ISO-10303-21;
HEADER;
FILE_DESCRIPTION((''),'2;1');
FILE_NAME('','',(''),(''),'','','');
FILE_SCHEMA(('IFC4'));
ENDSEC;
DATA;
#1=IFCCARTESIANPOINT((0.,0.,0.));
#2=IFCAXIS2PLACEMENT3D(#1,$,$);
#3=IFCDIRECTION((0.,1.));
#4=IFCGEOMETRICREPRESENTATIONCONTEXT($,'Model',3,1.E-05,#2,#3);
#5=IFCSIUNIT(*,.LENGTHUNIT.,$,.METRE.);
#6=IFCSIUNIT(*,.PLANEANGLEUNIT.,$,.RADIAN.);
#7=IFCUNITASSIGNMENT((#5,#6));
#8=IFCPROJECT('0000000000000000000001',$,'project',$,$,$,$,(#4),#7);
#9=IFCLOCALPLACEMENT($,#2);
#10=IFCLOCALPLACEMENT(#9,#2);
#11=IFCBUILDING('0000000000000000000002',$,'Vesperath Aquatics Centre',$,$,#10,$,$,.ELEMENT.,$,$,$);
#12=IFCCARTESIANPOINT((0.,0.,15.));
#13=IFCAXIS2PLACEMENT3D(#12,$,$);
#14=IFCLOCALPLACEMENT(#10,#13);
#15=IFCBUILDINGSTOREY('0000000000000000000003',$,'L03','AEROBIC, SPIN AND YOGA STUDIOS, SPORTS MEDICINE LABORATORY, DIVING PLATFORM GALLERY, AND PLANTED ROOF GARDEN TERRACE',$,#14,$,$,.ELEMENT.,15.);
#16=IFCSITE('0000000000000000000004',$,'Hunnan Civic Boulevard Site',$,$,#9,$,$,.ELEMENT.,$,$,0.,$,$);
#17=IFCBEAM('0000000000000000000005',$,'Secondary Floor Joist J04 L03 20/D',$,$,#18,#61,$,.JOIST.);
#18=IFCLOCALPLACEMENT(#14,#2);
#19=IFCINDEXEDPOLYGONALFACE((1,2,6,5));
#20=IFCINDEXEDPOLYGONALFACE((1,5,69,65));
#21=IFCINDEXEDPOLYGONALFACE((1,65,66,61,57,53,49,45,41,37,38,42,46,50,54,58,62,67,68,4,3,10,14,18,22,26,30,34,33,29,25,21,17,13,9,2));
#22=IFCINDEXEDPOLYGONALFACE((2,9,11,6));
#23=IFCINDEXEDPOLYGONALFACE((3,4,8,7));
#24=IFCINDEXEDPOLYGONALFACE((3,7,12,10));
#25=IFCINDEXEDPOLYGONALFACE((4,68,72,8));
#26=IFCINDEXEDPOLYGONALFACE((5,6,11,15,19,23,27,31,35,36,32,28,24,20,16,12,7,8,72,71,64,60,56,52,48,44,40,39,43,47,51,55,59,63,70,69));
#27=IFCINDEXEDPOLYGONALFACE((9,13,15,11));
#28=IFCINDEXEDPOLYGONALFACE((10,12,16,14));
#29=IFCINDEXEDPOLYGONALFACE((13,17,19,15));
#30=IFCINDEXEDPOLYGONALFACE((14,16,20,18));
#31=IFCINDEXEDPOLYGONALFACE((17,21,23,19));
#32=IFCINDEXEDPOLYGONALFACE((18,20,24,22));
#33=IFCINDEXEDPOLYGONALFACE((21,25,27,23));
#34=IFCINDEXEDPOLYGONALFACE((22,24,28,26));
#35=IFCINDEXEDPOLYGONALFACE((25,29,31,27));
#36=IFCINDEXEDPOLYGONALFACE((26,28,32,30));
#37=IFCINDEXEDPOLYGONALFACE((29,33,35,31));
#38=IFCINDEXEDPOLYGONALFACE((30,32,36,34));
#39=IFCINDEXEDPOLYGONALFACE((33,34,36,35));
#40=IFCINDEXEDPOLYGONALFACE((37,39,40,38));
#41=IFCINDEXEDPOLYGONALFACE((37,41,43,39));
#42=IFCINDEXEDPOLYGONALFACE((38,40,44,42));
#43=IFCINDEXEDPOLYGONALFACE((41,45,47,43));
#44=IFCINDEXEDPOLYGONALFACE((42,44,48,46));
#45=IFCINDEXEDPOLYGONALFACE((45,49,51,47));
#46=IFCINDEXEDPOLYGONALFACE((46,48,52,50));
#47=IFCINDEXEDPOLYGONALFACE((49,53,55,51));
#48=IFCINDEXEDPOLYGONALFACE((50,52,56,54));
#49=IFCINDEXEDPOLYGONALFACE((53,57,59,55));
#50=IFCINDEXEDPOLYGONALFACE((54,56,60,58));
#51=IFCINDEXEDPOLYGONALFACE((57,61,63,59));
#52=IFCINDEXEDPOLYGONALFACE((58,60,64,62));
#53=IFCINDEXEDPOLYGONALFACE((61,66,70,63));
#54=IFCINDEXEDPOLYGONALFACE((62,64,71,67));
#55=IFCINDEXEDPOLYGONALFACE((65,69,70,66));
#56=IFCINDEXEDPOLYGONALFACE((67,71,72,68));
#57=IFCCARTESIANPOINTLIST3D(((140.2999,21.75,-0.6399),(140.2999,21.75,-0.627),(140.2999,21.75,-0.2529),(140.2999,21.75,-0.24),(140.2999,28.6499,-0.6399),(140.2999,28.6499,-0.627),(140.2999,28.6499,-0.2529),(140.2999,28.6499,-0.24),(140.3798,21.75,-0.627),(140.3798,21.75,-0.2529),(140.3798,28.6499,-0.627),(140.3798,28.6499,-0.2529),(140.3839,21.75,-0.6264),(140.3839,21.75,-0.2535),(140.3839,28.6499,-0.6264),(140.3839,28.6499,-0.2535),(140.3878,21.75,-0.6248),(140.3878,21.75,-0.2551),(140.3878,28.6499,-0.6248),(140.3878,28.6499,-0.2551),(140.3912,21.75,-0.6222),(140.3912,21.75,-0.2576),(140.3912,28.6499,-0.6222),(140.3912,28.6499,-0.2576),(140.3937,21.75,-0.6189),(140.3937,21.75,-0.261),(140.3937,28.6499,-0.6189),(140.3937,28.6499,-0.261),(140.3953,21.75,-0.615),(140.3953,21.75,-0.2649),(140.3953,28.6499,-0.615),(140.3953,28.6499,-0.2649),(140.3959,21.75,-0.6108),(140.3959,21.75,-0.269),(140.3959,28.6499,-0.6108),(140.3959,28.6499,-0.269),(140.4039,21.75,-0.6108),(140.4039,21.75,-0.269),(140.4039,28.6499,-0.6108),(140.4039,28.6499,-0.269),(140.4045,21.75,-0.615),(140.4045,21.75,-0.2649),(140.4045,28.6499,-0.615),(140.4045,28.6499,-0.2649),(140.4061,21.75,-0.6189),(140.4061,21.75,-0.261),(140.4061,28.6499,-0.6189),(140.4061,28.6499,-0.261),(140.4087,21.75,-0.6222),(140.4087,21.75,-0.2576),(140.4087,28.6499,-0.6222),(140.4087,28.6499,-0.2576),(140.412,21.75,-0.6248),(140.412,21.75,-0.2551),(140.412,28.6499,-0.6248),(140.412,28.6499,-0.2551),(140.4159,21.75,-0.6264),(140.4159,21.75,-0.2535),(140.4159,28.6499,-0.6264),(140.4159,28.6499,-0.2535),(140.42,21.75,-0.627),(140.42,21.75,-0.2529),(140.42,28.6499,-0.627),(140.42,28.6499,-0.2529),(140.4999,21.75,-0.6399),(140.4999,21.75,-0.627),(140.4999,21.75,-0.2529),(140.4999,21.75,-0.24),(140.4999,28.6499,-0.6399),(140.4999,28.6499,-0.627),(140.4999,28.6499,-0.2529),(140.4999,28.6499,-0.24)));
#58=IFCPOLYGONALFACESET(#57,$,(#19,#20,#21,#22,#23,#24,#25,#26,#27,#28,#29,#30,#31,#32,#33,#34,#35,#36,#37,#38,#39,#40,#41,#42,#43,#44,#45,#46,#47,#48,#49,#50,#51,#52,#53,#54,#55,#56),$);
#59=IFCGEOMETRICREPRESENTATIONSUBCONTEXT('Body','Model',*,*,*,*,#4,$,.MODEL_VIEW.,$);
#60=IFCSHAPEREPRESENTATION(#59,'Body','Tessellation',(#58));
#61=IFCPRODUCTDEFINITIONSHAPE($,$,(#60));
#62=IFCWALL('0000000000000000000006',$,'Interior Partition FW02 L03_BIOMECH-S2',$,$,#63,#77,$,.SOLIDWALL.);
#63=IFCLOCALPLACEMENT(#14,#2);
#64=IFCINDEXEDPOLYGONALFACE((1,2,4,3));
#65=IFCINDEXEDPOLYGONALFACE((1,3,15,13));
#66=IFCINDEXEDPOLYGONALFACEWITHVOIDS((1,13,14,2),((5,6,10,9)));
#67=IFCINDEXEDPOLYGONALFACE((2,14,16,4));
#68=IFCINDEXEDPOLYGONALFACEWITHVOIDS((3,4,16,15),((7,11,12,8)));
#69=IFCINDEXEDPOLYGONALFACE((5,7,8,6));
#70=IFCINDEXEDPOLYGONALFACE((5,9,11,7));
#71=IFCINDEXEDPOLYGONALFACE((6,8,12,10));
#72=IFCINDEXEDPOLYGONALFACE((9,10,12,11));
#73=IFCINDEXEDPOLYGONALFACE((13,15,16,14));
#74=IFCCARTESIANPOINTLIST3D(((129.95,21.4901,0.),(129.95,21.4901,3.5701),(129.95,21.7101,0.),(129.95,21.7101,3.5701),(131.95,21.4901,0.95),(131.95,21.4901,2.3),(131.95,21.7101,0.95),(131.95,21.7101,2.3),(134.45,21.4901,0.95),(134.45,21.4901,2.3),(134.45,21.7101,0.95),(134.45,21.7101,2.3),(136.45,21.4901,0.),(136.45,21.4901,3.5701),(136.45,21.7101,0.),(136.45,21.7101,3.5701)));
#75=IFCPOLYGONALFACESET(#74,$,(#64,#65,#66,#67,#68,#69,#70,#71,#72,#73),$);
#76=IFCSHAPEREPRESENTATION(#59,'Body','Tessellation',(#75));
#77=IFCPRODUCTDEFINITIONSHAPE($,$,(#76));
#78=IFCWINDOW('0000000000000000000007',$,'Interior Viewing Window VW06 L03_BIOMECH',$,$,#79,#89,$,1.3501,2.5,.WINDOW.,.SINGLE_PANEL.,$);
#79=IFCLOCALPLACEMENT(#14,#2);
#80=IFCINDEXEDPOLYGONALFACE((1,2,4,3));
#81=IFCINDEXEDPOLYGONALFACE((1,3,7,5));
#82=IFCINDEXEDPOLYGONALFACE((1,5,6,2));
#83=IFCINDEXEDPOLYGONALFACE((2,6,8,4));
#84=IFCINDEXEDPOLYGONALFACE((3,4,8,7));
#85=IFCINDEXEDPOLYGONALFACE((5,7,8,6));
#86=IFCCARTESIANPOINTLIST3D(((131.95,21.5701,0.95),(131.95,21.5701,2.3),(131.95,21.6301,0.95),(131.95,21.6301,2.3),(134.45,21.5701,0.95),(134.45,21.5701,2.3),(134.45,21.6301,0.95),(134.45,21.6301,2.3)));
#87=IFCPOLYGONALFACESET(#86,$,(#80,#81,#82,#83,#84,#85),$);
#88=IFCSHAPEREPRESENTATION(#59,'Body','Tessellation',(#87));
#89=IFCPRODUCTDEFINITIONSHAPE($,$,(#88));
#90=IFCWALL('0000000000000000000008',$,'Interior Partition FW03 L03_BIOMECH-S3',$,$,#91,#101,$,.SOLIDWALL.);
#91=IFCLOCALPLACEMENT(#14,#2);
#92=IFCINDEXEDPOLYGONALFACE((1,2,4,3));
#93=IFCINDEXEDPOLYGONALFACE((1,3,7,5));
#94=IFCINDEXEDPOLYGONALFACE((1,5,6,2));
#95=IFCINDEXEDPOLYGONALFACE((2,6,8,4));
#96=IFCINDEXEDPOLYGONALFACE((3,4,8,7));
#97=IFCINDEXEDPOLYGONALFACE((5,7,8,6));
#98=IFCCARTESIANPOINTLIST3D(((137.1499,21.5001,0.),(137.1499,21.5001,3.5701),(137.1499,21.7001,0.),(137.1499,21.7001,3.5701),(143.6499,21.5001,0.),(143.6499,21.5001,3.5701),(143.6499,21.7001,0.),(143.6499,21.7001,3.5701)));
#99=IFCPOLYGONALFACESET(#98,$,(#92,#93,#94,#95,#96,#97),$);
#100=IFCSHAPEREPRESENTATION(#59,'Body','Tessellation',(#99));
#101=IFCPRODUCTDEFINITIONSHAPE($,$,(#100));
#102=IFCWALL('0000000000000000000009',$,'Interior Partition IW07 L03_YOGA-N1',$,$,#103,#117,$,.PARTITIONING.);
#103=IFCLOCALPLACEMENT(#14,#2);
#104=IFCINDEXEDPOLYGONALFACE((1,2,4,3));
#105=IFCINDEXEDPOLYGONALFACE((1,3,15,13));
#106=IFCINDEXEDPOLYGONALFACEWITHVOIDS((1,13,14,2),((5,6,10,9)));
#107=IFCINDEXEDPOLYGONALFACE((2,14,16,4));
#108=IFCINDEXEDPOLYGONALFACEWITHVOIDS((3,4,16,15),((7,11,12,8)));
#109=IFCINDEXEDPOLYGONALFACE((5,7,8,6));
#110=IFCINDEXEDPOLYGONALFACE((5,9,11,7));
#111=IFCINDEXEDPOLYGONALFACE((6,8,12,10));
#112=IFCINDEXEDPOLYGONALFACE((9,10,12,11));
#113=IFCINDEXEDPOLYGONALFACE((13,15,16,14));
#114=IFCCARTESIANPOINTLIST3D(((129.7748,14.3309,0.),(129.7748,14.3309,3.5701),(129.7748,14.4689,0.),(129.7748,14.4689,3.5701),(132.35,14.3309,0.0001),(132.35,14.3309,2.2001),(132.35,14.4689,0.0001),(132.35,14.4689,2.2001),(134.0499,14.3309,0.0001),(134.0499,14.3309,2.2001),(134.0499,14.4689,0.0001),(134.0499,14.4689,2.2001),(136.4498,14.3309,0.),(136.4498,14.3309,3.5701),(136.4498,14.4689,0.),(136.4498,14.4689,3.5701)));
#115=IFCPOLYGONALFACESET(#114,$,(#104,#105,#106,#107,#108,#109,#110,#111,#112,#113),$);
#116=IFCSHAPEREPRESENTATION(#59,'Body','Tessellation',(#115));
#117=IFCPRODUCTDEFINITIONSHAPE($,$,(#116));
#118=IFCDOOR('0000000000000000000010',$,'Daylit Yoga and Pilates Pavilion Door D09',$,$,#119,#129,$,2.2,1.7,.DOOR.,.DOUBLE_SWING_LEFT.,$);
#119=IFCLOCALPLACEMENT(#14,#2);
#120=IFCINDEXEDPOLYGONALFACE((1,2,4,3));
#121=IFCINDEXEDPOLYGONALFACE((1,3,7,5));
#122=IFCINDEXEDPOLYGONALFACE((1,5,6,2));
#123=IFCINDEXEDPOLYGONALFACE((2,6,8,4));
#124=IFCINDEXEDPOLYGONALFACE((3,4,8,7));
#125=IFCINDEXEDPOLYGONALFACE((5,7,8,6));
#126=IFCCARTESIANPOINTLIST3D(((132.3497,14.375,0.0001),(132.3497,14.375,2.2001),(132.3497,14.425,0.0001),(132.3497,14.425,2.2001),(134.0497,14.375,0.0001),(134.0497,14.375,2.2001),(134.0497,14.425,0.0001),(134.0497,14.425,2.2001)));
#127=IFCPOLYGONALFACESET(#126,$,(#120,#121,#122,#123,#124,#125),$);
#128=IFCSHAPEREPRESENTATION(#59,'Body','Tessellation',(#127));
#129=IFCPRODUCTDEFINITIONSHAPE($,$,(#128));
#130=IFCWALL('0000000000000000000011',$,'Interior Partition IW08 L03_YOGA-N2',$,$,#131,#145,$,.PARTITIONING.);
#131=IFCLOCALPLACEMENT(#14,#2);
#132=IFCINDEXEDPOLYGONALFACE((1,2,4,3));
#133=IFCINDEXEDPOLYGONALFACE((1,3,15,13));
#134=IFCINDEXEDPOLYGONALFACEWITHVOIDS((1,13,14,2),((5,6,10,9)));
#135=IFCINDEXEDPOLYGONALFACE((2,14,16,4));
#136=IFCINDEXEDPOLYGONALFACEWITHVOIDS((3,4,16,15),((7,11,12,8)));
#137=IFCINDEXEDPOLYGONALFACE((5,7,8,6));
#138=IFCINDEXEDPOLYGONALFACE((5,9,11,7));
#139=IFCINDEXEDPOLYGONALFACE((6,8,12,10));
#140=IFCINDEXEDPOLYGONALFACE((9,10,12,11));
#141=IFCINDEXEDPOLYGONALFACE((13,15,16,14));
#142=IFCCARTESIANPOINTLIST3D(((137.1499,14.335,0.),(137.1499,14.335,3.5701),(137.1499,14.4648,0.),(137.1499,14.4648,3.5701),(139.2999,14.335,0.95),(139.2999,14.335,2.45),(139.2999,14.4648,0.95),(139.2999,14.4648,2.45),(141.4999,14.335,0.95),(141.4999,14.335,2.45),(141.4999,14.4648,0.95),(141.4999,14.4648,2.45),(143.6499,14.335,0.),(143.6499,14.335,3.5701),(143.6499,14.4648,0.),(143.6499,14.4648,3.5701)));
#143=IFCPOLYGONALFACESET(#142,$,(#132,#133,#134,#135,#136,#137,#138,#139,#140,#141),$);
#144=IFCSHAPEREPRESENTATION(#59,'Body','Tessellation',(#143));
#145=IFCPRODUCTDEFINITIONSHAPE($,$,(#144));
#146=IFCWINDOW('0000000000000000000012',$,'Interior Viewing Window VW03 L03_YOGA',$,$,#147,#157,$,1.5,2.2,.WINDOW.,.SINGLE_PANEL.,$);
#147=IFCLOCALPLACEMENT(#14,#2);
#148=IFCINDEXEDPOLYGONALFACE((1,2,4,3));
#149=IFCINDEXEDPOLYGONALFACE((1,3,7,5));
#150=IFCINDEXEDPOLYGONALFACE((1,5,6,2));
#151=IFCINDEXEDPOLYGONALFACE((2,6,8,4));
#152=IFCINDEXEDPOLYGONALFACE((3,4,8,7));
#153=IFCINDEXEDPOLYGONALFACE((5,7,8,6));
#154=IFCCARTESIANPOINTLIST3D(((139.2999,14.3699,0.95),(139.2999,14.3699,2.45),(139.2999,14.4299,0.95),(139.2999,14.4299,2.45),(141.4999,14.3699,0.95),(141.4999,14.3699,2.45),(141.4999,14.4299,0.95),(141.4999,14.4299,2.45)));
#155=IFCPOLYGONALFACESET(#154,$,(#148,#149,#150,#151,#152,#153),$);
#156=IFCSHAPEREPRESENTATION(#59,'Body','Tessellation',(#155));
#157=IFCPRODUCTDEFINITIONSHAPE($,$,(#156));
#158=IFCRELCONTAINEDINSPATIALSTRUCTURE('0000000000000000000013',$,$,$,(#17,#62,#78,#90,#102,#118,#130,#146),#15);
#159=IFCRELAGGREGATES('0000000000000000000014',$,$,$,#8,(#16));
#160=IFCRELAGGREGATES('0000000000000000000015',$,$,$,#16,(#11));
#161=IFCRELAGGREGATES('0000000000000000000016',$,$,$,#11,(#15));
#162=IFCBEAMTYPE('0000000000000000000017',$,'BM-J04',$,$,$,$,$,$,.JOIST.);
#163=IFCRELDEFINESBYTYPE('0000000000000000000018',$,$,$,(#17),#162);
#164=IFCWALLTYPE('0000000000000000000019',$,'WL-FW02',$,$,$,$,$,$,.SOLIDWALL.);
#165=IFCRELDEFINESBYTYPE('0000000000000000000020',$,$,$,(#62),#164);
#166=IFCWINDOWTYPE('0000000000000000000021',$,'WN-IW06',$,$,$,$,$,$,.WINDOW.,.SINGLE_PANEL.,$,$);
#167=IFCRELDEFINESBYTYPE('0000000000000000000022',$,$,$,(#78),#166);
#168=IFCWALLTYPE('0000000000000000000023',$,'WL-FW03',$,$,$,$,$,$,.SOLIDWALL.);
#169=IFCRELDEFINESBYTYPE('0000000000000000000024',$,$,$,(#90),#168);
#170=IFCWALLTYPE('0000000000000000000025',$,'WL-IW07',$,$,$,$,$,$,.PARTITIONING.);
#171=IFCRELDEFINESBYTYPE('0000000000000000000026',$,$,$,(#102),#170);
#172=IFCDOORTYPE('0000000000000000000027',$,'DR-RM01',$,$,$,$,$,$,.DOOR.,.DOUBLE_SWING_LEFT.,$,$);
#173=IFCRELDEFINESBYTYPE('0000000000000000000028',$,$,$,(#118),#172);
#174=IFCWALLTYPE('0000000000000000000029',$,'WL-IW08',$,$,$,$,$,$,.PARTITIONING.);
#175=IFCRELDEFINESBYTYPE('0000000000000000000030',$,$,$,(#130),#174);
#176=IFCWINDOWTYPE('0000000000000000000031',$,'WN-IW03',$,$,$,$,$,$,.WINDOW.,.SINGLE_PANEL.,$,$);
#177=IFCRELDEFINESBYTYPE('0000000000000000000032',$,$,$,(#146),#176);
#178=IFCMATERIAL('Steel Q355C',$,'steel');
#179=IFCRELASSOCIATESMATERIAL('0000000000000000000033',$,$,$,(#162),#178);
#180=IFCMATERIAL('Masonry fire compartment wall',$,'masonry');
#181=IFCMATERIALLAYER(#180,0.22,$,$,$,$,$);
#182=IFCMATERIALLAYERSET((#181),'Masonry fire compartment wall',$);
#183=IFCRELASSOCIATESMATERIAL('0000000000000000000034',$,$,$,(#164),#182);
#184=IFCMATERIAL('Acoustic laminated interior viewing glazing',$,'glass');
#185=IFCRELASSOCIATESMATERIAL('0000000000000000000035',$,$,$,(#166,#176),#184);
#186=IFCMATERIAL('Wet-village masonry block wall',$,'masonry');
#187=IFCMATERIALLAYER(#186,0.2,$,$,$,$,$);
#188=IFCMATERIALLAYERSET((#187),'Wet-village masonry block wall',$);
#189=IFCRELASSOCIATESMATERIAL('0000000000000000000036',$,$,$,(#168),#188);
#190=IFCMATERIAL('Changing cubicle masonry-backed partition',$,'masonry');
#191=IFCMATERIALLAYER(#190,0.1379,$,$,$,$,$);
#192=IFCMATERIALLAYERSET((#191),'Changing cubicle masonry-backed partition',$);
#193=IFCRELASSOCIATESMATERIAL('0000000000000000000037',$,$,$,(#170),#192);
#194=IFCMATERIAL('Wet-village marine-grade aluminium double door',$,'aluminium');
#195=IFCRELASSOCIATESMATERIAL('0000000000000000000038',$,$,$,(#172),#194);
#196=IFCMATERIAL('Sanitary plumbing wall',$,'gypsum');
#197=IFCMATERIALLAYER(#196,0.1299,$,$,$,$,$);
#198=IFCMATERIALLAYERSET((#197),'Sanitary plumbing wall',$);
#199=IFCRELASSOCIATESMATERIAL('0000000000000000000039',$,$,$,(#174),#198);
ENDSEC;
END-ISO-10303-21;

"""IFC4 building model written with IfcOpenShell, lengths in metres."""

from ifc_helpers import new_model, si_unit, direction, frame, frame_2d, origin, origin_2d, place, context, subcontext, project, spatial, rectangle, i_section, extrude, material, layer, layer_set, material_profile, profile_set, type_object, element, fill, save


model = new_model("IFC4")

# Units and contexts
model_context = context("Model", 3, precision=1e-05, world=origin(), true_north=direction((0.0, 1.0)))
body_context = subcontext(model_context, "Body", "Model", "MODEL_VIEW")
ifc_project = project(units=[si_unit("LENGTHUNIT", "METRE"), si_unit("PLANEANGLEUNIT", "RADIAN")], contexts=[model_context])

# Site, building, storey
site_placement = place(None, origin())
site = spatial("IfcSite", under=ifc_project, at=site_placement, Name="Hunnan Civic Boulevard Site", CompositionType="ELEMENT", RefElevation=0.0)
building_placement = place(site_placement, origin())
building = spatial("IfcBuilding", under=site, at=building_placement, Name="Vesperath Aquatics Centre", CompositionType="ELEMENT")
storey_placement = place(building_placement, frame((0.0, 0.0, 15.0)))
storey = spatial("IfcBuildingStorey", under=building, at=storey_placement, Name="L03", Description="AEROBIC, SPIN AND YOGA STUDIOS, SPORTS MEDICINE LABORATORY, DIVING PLATFORM GALLERY, AND PLANTED ROOF GARDEN TERRACE", CompositionType="ELEMENT", Elevation=15.0)

# Beam
ifc_material_1 = material(Name="Steel Q355C", Category="steel")
ifc_material_profile_1 = material_profile(ifc_material_1, i_section(OverallWidth=0.2, OverallDepth=0.3999, WebThickness=0.0081, FlangeThickness=0.0129, FilletRadius=0.0161, at=origin_2d()), Name="HN 400x200x8x13")
ifc_profile_set_1 = profile_set([ifc_material_profile_1], Name="Steel Q355C")
beam_type_1 = type_object("IfcBeamType", Name="BM-J04", PredefinedType="JOIST", material=ifc_profile_set_1)
for number, where, z_axis, x_axis, name in (
    (1, (140.3999, 21.75, -0.4399), (0.0, 1.0, 0.0), (-1.0, 0.0, 0.0), "Secondary Floor Joist J04 L03 20/D"),
):
    element("IfcBeam", number, at=place(storey_placement, frame(where, z_axis=z_axis, x_axis=x_axis)), inside=storey, type_object=beam_type_1, Name=name, PredefinedType="JOIST", context=body_context, shape_type="SweptSolid", body=[
        extrude(i_section(OverallWidth=0.2, OverallDepth=0.3999, WebThickness=0.0081, FlangeThickness=0.0129, FilletRadius=0.0161, at=origin_2d()), origin(), (0.0, 0.0, 1.0), 6.8999),
    ])

# Wall, opening, window
ifc_material_2 = material(Name="Masonry fire compartment wall", Category="masonry")
ifc_layer_1 = layer(ifc_material_2, 0.22)
ifc_layer_set_1 = layer_set([ifc_layer_1], Name="Masonry fire compartment wall")
wall_type_1 = type_object("IfcWallType", Name="WL-FW02", PredefinedType="SOLIDWALL", material=ifc_layer_set_1)
wall_1_placement = place(storey_placement, frame((129.95, 21.6001, 0.0), z_axis=(0.0, 0.0, 1.0), x_axis=(1.0, 0.0, 0.0)))
wall_1 = element("IfcWall", 2, at=wall_1_placement, inside=storey, type_object=wall_type_1, Name="Interior Partition FW02 L03_BIOMECH-S2", PredefinedType="SOLIDWALL", context=body_context, shape_type="SweptSolid", body=[
    extrude(rectangle(XDim=6.5, YDim=0.22, at=frame_2d((3.25, 0.0))), origin(), (0.0, 0.0, 1.0), 3.5701),
])
opening_1_placement = place(wall_1_placement, frame((2.0, 0.0, 0.95)))
opening_1 = element("IfcOpeningElement", 3, at=opening_1_placement, cuts=wall_1, PredefinedType="OPENING", context=body_context, shape_type="SweptSolid", body=[
    extrude(rectangle(XDim=2.5, YDim=1.3501, at=frame_2d((1.25, 0.675))), frame((0.0, 0.125, 0.0), z_axis=(0.0, -1.0, 0.0), x_axis=(1.0, 0.0, 0.0)), (0.0, 0.0, 1.0), 0.2498),
])
ifc_material_3 = material(Name="Acoustic laminated interior viewing glazing", Category="glass")
window_type_1 = type_object("IfcWindowType", Name="WN-IW06", PartitioningType="SINGLE_PANEL", PredefinedType="WINDOW", material=ifc_material_3)
window_1_placement = place(opening_1_placement, origin())
window_1 = element("IfcWindow", 4, at=window_1_placement, inside=storey, type_object=window_type_1, Name="Interior Viewing Window VW06 L03_BIOMECH", OverallHeight=1.3501, OverallWidth=2.5, PartitioningType="SINGLE_PANEL", PredefinedType="WINDOW", context=body_context, shape_type="SweptSolid", body=[
    extrude(rectangle(XDim=2.5, YDim=1.3501, at=frame_2d((1.25, 0.675))), frame((0.0, 0.03, 0.0), z_axis=(0.0, -1.0, 0.0), x_axis=(1.0, 0.0, 0.0)), (0.0, 0.0, 1.0), 0.0601),
])
fill(opening_1, window_1)

# Wall
ifc_material_4 = material(Name="Wet-village masonry block wall", Category="masonry")
ifc_layer_2 = layer(ifc_material_4, 0.2)
ifc_layer_set_2 = layer_set([ifc_layer_2], Name="Wet-village masonry block wall")
wall_type_2 = type_object("IfcWallType", Name="WL-FW03", PredefinedType="SOLIDWALL", material=ifc_layer_set_2)
wall_2_placement = place(storey_placement, frame((137.1499, 21.6001, 0.0), z_axis=(0.0, 0.0, 1.0), x_axis=(1.0, 0.0, 0.0)))
element("IfcWall", 5, at=wall_2_placement, inside=storey, type_object=wall_type_2, Name="Interior Partition FW03 L03_BIOMECH-S3", PredefinedType="SOLIDWALL", context=body_context, shape_type="SweptSolid", body=[
    extrude(rectangle(XDim=6.5, YDim=0.2, at=frame_2d((3.25, 0.0))), origin(), (0.0, 0.0, 1.0), 3.5701),
])

# Wall, opening, door
ifc_material_5 = material(Name="Changing cubicle masonry-backed partition", Category="masonry")
ifc_layer_3 = layer(ifc_material_5, 0.1379)
ifc_layer_set_3 = layer_set([ifc_layer_3], Name="Changing cubicle masonry-backed partition")
wall_type_3 = type_object("IfcWallType", Name="WL-IW07", PredefinedType="PARTITIONING", material=ifc_layer_set_3)
wall_3_placement = place(storey_placement, frame((129.7749, 14.3999, 0.0), z_axis=(0.0, 0.0, 1.0), x_axis=(1.0, 0.0, 0.0)))
wall_3 = element("IfcWall", 6, at=wall_3_placement, inside=storey, type_object=wall_type_3, Name="Interior Partition IW07 L03_YOGA-N1", PredefinedType="PARTITIONING", context=body_context, shape_type="SweptSolid", body=[
    extrude(rectangle(XDim=6.675, YDim=0.1379, at=frame_2d((3.3374, 0.0))), origin(), (0.0, 0.0, 1.0), 3.5701),
])
opening_2_placement = place(wall_3_placement, frame((2.575, 0.0, 0.0)))
opening_2 = element("IfcOpeningElement", 7, at=opening_2_placement, cuts=wall_3, PredefinedType="OPENING", context=body_context, shape_type="SweptSolid", body=[
    extrude(rectangle(XDim=1.7, YDim=2.2, at=frame_2d((0.8501, 1.1001))), frame((0.0, 0.084, 0.0), z_axis=(0.0, -1.0, 0.0), x_axis=(1.0, 0.0, 0.0)), (0.0, 0.0, 1.0), 0.1677),
])
ifc_material_6 = material(Name="Wet-village marine-grade aluminium double door", Category="aluminium")
door_type_1 = type_object("IfcDoorType", Name="DR-RM01", OperationType="DOUBLE_SWING_LEFT", PredefinedType="DOOR", material=ifc_material_6)
door_1_placement = place(opening_2_placement, frame((1.7, 0.0, 0.0), z_axis=(0.0, 0.0, 1.0), x_axis=(-1.0, 0.0, 0.0)))
door_1 = element("IfcDoor", 8, at=door_1_placement, inside=storey, type_object=door_type_1, Name="Daylit Yoga and Pilates Pavilion Door D09", OperationType="DOUBLE_SWING_LEFT", OverallHeight=2.2, OverallWidth=1.7, PredefinedType="DOOR", context=body_context, shape_type="SweptSolid", body=[
    extrude(rectangle(XDim=1.7, YDim=2.2, at=frame_2d((0.8501, 1.1001))), frame((0.0, 0.0249, 0.0), z_axis=(0.0, -1.0, 0.0), x_axis=(1.0, 0.0, 0.0)), (0.0, 0.0, 1.0), 0.05),
])
fill(opening_2, door_1)

# Wall, opening, window
ifc_material_7 = material(Name="Sanitary plumbing wall", Category="gypsum")
ifc_layer_4 = layer(ifc_material_7, 0.1299)
ifc_layer_set_4 = layer_set([ifc_layer_4], Name="Sanitary plumbing wall")
wall_type_4 = type_object("IfcWallType", Name="WL-IW08", PredefinedType="PARTITIONING", material=ifc_layer_set_4)
wall_4_placement = place(storey_placement, frame((137.1499, 14.3999, 0.0), z_axis=(0.0, 0.0, 1.0), x_axis=(1.0, 0.0, 0.0)))
wall_4 = element("IfcWall", 9, at=wall_4_placement, inside=storey, type_object=wall_type_4, Name="Interior Partition IW08 L03_YOGA-N2", PredefinedType="PARTITIONING", context=body_context, shape_type="SweptSolid", body=[
    extrude(rectangle(XDim=6.5, YDim=0.1299, at=frame_2d((3.25, 0.0))), origin(), (0.0, 0.0, 1.0), 3.5701),
])
opening_3_placement = place(wall_4_placement, frame((2.1499, 0.0, 0.95)))
opening_3 = element("IfcOpeningElement", 10, at=opening_3_placement, cuts=wall_4, PredefinedType="OPENING", context=body_context, shape_type="SweptSolid", body=[
    extrude(rectangle(XDim=2.2, YDim=1.5, at=frame_2d((1.1001, 0.75))), frame((0.0, 0.0798, 0.0), z_axis=(0.0, -1.0, 0.0), x_axis=(1.0, 0.0, 0.0)), (0.0, 0.0, 1.0), 0.1597),
])
window_type_2 = type_object("IfcWindowType", Name="WN-IW03", PartitioningType="SINGLE_PANEL", PredefinedType="WINDOW", material=ifc_material_3)
window_2_placement = place(opening_3_placement, origin())
window_2 = element("IfcWindow", 11, at=window_2_placement, inside=storey, type_object=window_type_2, Name="Interior Viewing Window VW03 L03_YOGA", OverallHeight=1.5, OverallWidth=2.2, PartitioningType="SINGLE_PANEL", PredefinedType="WINDOW", context=body_context, shape_type="SweptSolid", body=[
    extrude(rectangle(XDim=2.2, YDim=1.5, at=frame_2d((1.1001, 0.75))), frame((0.0, 0.03, 0.0), z_axis=(0.0, -1.0, 0.0), x_axis=(1.0, 0.0, 0.0)), (0.0, 0.0, 1.0), 0.0601),
])
fill(opening_3, window_2)

save(model, "model.ifc")
